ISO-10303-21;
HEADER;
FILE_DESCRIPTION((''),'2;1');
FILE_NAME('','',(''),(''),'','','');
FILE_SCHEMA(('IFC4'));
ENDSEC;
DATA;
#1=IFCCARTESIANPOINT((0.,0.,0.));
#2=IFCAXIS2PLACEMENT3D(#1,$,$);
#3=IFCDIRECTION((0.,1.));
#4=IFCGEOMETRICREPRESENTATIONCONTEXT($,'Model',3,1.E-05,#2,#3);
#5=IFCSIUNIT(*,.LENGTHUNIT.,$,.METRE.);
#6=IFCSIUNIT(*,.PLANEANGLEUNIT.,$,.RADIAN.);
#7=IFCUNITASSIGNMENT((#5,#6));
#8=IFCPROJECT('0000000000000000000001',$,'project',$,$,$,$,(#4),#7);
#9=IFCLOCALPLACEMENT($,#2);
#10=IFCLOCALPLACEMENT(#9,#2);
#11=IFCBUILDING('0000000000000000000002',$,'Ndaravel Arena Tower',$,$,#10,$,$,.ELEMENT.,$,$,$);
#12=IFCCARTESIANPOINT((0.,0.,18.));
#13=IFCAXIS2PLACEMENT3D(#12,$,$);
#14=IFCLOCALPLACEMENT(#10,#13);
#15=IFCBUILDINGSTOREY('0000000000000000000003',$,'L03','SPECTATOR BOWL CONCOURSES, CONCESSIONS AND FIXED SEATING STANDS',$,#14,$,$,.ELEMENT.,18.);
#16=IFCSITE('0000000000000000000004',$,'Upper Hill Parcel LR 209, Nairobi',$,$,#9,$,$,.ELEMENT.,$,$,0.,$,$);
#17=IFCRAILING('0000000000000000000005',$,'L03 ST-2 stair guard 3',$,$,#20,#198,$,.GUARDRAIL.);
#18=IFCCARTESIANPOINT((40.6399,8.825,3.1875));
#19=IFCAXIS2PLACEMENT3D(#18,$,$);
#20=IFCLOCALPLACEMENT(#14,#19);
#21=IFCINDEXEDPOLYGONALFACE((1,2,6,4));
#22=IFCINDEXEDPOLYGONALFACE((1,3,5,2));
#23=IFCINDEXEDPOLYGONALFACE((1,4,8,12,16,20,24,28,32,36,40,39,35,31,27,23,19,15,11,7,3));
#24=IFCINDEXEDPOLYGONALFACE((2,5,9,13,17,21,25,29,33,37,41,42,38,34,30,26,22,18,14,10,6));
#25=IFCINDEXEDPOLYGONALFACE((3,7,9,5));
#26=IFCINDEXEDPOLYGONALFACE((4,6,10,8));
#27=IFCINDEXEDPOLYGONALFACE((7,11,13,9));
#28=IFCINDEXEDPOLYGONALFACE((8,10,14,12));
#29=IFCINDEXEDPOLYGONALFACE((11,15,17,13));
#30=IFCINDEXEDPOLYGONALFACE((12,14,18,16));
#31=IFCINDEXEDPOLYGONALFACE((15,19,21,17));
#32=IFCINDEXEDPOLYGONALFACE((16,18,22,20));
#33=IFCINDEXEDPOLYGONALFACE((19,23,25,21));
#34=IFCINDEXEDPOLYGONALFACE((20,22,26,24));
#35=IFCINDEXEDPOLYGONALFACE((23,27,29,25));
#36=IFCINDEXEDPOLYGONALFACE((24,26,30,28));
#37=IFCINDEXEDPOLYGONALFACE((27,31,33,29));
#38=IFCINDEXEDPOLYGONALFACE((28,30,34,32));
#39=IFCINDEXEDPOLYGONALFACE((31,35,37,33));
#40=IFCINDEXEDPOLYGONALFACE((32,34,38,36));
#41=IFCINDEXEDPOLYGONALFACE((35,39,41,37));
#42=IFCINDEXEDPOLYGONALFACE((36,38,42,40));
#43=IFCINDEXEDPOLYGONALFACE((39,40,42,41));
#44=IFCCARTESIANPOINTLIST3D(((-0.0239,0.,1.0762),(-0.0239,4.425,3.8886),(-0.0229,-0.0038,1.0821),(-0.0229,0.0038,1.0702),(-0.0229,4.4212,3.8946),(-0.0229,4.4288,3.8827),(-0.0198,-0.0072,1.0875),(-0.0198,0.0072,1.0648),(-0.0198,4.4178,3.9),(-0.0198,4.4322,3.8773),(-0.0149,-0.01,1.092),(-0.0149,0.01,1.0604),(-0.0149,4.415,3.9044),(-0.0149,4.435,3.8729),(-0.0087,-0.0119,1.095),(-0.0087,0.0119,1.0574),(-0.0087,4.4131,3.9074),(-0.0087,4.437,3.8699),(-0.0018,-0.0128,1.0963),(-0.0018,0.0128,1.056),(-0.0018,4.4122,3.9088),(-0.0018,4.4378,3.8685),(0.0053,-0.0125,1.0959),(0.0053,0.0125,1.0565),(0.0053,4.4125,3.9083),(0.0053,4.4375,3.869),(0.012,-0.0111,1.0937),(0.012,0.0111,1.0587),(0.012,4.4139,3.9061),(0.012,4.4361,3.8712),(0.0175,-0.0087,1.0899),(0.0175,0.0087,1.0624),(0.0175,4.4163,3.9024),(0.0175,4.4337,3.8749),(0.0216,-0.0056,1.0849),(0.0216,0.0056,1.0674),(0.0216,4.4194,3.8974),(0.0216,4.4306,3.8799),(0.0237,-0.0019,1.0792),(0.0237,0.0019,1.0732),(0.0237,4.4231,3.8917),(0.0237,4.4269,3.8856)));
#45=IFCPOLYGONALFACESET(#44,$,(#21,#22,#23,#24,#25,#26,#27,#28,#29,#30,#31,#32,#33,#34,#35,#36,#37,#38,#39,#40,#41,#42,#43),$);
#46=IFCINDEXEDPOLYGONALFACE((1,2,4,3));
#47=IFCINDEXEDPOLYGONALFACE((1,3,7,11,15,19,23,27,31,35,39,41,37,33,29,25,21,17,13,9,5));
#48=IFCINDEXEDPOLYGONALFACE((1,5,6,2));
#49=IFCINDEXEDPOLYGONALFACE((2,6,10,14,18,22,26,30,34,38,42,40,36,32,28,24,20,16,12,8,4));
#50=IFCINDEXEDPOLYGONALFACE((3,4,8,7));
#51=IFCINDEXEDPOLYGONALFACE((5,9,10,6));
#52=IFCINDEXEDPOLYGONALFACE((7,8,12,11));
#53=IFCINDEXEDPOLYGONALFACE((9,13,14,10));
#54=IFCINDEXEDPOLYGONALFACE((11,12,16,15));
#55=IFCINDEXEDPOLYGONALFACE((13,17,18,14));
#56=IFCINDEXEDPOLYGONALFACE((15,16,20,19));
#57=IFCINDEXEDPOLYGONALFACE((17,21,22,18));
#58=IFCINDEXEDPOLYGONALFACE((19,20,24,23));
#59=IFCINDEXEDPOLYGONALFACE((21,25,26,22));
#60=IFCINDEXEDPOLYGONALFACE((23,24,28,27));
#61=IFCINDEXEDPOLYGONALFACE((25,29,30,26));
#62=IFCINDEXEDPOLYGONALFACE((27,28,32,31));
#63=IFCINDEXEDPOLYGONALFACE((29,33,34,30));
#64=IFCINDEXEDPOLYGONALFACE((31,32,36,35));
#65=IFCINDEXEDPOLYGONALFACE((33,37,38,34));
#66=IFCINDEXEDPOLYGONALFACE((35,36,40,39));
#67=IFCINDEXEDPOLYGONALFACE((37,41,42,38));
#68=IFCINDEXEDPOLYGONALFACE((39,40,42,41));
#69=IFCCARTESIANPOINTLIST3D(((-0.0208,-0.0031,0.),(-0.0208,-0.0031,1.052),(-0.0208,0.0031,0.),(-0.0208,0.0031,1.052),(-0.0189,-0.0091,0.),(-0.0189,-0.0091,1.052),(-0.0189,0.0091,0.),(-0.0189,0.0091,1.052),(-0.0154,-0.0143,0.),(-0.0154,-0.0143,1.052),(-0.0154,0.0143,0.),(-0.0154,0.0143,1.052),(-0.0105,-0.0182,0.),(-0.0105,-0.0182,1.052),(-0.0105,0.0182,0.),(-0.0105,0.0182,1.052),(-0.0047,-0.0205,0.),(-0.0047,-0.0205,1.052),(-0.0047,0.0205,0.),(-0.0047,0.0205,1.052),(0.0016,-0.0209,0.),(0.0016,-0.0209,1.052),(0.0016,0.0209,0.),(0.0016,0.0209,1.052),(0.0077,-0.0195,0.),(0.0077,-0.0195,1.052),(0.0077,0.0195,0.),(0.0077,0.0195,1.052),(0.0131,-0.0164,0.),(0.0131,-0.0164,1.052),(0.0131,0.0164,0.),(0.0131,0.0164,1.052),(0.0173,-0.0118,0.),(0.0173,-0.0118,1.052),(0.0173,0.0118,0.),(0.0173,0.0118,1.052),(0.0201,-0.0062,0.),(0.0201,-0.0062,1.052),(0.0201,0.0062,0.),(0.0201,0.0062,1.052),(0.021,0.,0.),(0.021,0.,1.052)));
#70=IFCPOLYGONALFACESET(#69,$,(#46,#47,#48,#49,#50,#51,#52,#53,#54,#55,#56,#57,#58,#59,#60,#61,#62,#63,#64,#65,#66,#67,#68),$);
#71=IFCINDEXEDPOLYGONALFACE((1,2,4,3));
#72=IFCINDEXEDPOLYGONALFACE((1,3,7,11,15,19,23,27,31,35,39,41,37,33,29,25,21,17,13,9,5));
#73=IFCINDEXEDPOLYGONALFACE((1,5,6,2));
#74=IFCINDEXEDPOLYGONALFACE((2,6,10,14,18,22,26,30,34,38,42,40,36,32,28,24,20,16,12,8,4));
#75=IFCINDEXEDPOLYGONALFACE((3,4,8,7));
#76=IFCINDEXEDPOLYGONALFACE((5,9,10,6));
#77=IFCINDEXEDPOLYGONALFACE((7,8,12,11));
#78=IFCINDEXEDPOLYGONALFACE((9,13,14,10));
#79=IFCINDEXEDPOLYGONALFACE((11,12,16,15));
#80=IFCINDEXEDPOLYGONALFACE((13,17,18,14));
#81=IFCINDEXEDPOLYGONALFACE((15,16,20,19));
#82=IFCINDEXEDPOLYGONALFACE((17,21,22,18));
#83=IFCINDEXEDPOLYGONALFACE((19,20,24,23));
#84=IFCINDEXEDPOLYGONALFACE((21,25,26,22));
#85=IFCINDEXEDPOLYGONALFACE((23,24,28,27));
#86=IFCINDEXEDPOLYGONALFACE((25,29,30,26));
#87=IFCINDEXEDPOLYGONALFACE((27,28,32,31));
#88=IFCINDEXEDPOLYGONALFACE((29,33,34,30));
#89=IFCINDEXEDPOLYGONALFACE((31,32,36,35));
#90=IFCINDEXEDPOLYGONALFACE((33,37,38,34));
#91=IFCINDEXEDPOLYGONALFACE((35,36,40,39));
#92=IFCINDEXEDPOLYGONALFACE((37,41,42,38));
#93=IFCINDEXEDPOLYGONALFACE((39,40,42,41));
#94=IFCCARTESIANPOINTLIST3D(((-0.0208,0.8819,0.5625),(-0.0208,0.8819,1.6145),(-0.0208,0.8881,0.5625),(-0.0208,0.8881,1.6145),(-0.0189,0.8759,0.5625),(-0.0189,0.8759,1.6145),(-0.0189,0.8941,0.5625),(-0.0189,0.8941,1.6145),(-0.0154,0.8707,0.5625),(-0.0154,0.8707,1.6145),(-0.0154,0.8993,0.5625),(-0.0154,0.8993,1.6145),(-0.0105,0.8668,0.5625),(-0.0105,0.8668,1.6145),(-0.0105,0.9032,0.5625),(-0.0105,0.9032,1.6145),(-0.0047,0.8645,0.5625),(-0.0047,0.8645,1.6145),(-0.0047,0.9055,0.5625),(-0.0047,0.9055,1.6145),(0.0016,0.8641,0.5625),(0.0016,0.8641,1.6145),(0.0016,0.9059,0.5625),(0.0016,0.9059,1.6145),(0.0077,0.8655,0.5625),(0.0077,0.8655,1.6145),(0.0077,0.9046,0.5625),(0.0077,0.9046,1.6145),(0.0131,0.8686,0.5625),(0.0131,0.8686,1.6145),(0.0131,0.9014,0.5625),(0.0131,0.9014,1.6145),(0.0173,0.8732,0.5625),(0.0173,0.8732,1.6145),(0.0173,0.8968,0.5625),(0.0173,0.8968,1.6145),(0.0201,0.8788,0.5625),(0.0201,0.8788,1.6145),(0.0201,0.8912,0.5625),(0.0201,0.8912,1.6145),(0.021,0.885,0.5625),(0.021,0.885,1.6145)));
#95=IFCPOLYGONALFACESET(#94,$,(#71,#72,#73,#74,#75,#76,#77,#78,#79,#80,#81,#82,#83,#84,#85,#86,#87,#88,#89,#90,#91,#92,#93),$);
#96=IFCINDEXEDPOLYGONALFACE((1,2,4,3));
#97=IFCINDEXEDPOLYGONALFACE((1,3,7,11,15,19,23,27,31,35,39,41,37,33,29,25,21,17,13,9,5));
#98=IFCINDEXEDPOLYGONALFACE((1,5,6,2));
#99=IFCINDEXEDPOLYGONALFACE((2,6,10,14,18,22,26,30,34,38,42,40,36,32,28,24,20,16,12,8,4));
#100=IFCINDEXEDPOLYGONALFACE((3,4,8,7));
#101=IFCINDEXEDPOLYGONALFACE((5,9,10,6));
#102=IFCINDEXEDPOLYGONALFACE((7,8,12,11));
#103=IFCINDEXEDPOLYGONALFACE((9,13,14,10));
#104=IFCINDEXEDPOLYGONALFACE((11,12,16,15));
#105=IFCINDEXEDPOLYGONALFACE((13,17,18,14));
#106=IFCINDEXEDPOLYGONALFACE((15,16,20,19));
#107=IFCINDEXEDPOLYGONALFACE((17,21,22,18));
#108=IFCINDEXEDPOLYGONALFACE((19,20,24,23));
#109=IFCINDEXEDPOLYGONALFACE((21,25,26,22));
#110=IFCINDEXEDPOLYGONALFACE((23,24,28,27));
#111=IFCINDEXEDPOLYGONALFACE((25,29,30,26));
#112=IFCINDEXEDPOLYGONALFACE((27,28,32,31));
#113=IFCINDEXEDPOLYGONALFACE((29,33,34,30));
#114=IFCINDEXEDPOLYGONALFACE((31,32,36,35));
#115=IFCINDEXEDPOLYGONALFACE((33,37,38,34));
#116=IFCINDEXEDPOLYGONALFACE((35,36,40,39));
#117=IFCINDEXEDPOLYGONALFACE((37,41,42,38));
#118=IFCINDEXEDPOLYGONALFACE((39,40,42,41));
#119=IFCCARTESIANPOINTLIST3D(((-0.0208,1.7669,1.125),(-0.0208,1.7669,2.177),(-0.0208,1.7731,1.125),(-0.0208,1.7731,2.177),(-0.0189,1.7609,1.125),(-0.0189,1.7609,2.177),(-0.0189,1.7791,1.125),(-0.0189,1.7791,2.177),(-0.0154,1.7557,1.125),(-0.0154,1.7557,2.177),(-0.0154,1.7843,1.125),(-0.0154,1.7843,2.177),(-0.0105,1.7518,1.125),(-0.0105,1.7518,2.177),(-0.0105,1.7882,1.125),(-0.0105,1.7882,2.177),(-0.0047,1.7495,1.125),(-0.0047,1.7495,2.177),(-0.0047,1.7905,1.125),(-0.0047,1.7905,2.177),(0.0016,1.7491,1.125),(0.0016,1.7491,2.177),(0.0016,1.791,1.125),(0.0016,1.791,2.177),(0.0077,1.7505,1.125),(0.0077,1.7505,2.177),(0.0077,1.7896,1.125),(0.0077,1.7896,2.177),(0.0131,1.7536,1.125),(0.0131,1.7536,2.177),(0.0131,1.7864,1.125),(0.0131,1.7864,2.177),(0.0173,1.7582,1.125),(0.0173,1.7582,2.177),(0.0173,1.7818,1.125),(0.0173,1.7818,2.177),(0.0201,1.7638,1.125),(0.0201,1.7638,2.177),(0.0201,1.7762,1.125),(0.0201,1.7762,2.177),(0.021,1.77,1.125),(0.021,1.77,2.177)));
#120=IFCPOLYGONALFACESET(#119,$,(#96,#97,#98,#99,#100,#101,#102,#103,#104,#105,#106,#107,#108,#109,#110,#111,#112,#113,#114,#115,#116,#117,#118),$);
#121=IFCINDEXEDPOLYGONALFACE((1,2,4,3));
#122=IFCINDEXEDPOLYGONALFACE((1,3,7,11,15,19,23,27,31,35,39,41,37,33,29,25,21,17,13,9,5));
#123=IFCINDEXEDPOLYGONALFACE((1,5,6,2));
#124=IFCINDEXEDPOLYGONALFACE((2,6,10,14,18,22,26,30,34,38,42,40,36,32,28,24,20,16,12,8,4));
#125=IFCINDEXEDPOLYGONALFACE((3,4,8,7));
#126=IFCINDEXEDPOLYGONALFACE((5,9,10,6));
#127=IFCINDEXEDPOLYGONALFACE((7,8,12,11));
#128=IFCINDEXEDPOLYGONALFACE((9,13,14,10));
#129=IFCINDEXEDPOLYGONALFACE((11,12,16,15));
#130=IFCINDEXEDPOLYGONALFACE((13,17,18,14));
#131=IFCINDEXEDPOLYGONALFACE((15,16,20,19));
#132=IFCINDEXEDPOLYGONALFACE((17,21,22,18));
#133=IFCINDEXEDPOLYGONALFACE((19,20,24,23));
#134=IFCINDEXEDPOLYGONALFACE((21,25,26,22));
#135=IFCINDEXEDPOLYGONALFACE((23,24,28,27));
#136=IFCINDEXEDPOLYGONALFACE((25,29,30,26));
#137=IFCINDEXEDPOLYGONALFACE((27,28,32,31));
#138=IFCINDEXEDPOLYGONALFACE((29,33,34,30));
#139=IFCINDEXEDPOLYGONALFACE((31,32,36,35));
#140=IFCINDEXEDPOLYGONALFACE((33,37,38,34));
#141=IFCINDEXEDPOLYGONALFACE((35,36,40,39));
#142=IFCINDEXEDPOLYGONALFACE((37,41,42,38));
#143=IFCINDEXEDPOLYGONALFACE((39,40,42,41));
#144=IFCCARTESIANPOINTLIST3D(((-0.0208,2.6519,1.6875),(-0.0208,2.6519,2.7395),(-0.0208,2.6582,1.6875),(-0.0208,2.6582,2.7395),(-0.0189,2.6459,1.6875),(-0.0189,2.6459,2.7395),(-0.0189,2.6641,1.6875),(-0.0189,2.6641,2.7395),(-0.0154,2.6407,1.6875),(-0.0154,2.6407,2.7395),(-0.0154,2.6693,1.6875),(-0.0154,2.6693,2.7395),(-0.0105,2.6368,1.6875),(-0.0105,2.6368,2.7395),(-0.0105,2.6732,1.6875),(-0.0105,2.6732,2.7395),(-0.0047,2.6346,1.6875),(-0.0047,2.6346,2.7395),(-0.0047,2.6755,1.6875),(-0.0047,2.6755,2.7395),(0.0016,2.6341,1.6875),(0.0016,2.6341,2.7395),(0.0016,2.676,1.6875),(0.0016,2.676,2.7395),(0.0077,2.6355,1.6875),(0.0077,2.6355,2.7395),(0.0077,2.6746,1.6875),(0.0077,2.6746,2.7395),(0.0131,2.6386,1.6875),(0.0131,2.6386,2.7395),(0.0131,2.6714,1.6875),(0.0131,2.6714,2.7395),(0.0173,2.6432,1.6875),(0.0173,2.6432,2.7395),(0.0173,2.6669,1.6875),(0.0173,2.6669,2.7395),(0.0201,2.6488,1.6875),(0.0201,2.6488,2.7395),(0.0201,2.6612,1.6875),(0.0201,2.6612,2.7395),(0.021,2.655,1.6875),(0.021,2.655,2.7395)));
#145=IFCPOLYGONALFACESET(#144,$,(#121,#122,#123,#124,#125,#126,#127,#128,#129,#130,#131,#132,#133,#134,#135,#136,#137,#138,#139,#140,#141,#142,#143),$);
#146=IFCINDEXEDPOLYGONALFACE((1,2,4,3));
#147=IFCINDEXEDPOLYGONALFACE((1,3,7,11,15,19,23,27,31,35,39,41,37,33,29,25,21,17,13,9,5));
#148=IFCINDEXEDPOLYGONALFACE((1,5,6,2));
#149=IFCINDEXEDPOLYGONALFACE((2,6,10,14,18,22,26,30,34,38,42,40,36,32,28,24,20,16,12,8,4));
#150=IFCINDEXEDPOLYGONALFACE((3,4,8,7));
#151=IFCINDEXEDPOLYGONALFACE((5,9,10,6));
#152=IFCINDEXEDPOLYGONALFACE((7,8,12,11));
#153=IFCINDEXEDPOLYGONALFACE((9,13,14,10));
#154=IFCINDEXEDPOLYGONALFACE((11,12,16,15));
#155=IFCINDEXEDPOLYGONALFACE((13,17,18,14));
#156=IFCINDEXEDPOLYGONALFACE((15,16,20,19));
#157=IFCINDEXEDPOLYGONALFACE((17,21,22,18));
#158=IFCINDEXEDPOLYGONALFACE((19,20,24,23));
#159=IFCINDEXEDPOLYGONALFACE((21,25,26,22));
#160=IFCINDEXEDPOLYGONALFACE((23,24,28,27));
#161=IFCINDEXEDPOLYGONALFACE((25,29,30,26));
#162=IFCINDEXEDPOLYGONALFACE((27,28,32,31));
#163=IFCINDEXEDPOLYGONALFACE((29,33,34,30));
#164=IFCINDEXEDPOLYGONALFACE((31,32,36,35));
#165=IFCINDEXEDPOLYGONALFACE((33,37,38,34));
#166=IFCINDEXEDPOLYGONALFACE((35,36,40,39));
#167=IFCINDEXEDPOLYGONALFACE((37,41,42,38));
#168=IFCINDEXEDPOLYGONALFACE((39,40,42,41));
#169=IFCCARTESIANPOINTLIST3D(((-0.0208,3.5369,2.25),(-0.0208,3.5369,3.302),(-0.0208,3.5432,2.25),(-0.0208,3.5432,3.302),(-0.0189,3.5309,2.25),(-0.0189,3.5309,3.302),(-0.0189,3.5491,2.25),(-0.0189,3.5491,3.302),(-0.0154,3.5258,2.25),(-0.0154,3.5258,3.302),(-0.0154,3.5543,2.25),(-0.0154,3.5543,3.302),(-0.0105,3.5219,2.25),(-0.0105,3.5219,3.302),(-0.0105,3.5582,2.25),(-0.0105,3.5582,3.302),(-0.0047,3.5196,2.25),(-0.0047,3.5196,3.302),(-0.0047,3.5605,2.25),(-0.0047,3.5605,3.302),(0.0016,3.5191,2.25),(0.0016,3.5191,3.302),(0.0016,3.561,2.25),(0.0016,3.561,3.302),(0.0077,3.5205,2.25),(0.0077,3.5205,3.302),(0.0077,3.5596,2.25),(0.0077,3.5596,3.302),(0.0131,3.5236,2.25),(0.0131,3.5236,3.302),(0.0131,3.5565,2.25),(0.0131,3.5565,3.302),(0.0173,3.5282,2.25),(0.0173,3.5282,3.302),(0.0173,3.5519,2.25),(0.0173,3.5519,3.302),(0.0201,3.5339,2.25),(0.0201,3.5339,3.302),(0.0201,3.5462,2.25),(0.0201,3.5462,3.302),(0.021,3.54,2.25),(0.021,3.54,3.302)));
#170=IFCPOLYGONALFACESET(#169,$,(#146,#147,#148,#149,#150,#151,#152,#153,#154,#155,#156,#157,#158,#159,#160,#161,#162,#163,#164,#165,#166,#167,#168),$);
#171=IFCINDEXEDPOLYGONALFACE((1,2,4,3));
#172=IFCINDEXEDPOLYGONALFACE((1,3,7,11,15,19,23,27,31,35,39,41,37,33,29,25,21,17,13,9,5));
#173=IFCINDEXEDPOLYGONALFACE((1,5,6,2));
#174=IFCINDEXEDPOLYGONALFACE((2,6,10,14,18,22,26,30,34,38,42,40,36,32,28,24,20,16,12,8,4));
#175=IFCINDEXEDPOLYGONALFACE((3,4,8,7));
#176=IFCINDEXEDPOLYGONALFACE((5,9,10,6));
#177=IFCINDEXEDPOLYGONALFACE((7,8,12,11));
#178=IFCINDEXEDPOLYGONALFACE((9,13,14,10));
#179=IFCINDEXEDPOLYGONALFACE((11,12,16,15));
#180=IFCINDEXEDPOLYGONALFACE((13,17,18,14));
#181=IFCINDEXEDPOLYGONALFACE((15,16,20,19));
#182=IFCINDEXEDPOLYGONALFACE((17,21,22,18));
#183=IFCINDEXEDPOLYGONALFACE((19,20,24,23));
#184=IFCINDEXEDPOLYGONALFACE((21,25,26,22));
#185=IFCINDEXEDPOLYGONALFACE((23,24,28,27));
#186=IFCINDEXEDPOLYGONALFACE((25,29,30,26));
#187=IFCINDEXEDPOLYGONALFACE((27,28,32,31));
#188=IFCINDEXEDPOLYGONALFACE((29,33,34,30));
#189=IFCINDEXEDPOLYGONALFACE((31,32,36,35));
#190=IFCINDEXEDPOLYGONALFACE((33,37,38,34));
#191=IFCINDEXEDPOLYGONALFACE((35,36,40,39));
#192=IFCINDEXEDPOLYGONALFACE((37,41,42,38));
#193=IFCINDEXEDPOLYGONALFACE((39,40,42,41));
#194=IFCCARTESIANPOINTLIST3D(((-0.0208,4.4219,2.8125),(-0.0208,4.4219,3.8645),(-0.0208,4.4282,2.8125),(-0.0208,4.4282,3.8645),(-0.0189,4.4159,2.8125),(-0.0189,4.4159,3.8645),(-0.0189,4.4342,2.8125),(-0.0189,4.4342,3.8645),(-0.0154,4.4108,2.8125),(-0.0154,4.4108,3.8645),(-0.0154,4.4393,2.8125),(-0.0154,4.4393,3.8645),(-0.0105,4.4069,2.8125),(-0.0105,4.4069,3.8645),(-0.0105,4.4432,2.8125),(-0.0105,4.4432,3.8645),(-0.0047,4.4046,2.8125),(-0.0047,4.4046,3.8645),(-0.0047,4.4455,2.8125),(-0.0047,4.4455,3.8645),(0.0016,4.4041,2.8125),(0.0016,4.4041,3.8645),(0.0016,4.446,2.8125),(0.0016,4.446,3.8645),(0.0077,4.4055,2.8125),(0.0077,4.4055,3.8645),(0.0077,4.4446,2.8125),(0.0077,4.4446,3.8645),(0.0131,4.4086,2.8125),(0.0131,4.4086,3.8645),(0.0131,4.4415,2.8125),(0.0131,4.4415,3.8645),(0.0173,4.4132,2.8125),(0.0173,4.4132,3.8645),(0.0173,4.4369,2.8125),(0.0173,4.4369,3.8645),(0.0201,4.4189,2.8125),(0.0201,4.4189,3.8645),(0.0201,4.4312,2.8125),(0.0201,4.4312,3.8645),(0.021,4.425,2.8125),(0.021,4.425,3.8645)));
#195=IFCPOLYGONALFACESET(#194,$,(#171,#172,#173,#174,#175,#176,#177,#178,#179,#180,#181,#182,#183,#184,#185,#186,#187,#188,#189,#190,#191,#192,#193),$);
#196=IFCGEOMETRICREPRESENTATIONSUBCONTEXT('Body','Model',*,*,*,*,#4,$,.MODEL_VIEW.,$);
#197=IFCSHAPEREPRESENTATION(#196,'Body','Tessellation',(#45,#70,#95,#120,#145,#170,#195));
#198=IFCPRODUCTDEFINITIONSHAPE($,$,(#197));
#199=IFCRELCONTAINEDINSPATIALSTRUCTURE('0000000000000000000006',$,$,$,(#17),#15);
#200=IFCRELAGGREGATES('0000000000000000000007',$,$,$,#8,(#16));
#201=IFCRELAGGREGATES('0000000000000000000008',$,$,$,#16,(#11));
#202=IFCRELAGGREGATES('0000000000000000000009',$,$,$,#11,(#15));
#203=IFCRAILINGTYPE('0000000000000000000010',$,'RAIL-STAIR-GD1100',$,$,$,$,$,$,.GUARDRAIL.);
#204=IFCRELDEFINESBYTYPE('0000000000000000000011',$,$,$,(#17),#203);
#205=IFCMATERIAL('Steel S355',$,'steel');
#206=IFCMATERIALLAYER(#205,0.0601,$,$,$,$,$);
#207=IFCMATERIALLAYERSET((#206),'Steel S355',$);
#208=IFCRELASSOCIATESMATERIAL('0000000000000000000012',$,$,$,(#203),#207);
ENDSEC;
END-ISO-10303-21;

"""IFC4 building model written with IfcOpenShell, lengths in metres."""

from ifc_helpers import new_model, si_unit, direction, frame, origin, origin_2d, place, context, subcontext, project, spatial, circle, extrude, material, layer, layer_set, type_object, element, save


model = new_model("IFC4")

# Units and contexts
model_context = context("Model", 3, precision=1e-05, world=origin(), true_north=direction((0.0, 1.0)))
body_context = subcontext(model_context, "Body", "Model", "MODEL_VIEW")
ifc_project = project(units=[si_unit("LENGTHUNIT", "METRE"), si_unit("PLANEANGLEUNIT", "RADIAN")], contexts=[model_context])

# Site, building, storey
site_placement = place(None, origin())
site = spatial("IfcSite", under=ifc_project, at=site_placement, Name="Upper Hill Parcel LR 209, Nairobi", CompositionType="ELEMENT", RefElevation=0.0)
building_placement = place(site_placement, origin())
building = spatial("IfcBuilding", under=site, at=building_placement, Name="Ndaravel Arena Tower", CompositionType="ELEMENT")
storey_placement = place(building_placement, frame((0.0, 0.0, 18.0)))
storey = spatial("IfcBuildingStorey", under=building, at=storey_placement, Name="L03", Description="SPECTATOR BOWL CONCOURSES, CONCESSIONS AND FIXED SEATING STANDS", CompositionType="ELEMENT", Elevation=18.0)

# Railing
ifc_material_1 = material(Name="Steel S355", Category="steel")
ifc_layer_1 = layer(ifc_material_1, 0.0601)
ifc_layer_set_1 = layer_set([ifc_layer_1], Name="Steel S355")
railing_type_1 = type_object("IfcRailingType", Name="RAIL-STAIR-GD1100", PredefinedType="GUARDRAIL", material=ifc_layer_set_1)
railing_1_placement = place(storey_placement, frame((40.6399, 8.825, 3.1875)))
element("IfcRailing", 1, at=railing_1_placement, inside=storey, type_object=railing_type_1, Name="L03 ST-2 stair guard 3", PredefinedType="GUARDRAIL", context=body_context, shape_type="SweptSolid", body=[
    extrude(circle(Radius=0.0239, at=origin_2d()), frame((0.0, 0.0, 1.0762), z_axis=(0.0, 0.843959, 0.536408), x_axis=(-1.0, 0.0, 0.0)), (0.0, 0.0, 1.0), 5.2432),
    extrude(circle(Radius=0.021, at=origin_2d()), origin(), (0.0, 0.0, 1.0), 1.052),
    extrude(circle(Radius=0.021, at=origin_2d()), frame((0.0, 0.885, 0.5625)), (0.0, 0.0, 1.0), 1.052),
    extrude(circle(Radius=0.021, at=origin_2d()), frame((0.0, 1.77, 1.125)), (0.0, 0.0, 1.0), 1.052),
    extrude(circle(Radius=0.021, at=origin_2d()), frame((0.0, 2.655, 1.6875)), (0.0, 0.0, 1.0), 1.052),
    extrude(circle(Radius=0.021, at=origin_2d()), frame((0.0, 3.54, 2.25)), (0.0, 0.0, 1.0), 1.052),
    extrude(circle(Radius=0.021, at=origin_2d()), frame((0.0, 4.425, 2.8125)), (0.0, 0.0, 1.0), 1.052),
])

save(model, "model.ifc")
